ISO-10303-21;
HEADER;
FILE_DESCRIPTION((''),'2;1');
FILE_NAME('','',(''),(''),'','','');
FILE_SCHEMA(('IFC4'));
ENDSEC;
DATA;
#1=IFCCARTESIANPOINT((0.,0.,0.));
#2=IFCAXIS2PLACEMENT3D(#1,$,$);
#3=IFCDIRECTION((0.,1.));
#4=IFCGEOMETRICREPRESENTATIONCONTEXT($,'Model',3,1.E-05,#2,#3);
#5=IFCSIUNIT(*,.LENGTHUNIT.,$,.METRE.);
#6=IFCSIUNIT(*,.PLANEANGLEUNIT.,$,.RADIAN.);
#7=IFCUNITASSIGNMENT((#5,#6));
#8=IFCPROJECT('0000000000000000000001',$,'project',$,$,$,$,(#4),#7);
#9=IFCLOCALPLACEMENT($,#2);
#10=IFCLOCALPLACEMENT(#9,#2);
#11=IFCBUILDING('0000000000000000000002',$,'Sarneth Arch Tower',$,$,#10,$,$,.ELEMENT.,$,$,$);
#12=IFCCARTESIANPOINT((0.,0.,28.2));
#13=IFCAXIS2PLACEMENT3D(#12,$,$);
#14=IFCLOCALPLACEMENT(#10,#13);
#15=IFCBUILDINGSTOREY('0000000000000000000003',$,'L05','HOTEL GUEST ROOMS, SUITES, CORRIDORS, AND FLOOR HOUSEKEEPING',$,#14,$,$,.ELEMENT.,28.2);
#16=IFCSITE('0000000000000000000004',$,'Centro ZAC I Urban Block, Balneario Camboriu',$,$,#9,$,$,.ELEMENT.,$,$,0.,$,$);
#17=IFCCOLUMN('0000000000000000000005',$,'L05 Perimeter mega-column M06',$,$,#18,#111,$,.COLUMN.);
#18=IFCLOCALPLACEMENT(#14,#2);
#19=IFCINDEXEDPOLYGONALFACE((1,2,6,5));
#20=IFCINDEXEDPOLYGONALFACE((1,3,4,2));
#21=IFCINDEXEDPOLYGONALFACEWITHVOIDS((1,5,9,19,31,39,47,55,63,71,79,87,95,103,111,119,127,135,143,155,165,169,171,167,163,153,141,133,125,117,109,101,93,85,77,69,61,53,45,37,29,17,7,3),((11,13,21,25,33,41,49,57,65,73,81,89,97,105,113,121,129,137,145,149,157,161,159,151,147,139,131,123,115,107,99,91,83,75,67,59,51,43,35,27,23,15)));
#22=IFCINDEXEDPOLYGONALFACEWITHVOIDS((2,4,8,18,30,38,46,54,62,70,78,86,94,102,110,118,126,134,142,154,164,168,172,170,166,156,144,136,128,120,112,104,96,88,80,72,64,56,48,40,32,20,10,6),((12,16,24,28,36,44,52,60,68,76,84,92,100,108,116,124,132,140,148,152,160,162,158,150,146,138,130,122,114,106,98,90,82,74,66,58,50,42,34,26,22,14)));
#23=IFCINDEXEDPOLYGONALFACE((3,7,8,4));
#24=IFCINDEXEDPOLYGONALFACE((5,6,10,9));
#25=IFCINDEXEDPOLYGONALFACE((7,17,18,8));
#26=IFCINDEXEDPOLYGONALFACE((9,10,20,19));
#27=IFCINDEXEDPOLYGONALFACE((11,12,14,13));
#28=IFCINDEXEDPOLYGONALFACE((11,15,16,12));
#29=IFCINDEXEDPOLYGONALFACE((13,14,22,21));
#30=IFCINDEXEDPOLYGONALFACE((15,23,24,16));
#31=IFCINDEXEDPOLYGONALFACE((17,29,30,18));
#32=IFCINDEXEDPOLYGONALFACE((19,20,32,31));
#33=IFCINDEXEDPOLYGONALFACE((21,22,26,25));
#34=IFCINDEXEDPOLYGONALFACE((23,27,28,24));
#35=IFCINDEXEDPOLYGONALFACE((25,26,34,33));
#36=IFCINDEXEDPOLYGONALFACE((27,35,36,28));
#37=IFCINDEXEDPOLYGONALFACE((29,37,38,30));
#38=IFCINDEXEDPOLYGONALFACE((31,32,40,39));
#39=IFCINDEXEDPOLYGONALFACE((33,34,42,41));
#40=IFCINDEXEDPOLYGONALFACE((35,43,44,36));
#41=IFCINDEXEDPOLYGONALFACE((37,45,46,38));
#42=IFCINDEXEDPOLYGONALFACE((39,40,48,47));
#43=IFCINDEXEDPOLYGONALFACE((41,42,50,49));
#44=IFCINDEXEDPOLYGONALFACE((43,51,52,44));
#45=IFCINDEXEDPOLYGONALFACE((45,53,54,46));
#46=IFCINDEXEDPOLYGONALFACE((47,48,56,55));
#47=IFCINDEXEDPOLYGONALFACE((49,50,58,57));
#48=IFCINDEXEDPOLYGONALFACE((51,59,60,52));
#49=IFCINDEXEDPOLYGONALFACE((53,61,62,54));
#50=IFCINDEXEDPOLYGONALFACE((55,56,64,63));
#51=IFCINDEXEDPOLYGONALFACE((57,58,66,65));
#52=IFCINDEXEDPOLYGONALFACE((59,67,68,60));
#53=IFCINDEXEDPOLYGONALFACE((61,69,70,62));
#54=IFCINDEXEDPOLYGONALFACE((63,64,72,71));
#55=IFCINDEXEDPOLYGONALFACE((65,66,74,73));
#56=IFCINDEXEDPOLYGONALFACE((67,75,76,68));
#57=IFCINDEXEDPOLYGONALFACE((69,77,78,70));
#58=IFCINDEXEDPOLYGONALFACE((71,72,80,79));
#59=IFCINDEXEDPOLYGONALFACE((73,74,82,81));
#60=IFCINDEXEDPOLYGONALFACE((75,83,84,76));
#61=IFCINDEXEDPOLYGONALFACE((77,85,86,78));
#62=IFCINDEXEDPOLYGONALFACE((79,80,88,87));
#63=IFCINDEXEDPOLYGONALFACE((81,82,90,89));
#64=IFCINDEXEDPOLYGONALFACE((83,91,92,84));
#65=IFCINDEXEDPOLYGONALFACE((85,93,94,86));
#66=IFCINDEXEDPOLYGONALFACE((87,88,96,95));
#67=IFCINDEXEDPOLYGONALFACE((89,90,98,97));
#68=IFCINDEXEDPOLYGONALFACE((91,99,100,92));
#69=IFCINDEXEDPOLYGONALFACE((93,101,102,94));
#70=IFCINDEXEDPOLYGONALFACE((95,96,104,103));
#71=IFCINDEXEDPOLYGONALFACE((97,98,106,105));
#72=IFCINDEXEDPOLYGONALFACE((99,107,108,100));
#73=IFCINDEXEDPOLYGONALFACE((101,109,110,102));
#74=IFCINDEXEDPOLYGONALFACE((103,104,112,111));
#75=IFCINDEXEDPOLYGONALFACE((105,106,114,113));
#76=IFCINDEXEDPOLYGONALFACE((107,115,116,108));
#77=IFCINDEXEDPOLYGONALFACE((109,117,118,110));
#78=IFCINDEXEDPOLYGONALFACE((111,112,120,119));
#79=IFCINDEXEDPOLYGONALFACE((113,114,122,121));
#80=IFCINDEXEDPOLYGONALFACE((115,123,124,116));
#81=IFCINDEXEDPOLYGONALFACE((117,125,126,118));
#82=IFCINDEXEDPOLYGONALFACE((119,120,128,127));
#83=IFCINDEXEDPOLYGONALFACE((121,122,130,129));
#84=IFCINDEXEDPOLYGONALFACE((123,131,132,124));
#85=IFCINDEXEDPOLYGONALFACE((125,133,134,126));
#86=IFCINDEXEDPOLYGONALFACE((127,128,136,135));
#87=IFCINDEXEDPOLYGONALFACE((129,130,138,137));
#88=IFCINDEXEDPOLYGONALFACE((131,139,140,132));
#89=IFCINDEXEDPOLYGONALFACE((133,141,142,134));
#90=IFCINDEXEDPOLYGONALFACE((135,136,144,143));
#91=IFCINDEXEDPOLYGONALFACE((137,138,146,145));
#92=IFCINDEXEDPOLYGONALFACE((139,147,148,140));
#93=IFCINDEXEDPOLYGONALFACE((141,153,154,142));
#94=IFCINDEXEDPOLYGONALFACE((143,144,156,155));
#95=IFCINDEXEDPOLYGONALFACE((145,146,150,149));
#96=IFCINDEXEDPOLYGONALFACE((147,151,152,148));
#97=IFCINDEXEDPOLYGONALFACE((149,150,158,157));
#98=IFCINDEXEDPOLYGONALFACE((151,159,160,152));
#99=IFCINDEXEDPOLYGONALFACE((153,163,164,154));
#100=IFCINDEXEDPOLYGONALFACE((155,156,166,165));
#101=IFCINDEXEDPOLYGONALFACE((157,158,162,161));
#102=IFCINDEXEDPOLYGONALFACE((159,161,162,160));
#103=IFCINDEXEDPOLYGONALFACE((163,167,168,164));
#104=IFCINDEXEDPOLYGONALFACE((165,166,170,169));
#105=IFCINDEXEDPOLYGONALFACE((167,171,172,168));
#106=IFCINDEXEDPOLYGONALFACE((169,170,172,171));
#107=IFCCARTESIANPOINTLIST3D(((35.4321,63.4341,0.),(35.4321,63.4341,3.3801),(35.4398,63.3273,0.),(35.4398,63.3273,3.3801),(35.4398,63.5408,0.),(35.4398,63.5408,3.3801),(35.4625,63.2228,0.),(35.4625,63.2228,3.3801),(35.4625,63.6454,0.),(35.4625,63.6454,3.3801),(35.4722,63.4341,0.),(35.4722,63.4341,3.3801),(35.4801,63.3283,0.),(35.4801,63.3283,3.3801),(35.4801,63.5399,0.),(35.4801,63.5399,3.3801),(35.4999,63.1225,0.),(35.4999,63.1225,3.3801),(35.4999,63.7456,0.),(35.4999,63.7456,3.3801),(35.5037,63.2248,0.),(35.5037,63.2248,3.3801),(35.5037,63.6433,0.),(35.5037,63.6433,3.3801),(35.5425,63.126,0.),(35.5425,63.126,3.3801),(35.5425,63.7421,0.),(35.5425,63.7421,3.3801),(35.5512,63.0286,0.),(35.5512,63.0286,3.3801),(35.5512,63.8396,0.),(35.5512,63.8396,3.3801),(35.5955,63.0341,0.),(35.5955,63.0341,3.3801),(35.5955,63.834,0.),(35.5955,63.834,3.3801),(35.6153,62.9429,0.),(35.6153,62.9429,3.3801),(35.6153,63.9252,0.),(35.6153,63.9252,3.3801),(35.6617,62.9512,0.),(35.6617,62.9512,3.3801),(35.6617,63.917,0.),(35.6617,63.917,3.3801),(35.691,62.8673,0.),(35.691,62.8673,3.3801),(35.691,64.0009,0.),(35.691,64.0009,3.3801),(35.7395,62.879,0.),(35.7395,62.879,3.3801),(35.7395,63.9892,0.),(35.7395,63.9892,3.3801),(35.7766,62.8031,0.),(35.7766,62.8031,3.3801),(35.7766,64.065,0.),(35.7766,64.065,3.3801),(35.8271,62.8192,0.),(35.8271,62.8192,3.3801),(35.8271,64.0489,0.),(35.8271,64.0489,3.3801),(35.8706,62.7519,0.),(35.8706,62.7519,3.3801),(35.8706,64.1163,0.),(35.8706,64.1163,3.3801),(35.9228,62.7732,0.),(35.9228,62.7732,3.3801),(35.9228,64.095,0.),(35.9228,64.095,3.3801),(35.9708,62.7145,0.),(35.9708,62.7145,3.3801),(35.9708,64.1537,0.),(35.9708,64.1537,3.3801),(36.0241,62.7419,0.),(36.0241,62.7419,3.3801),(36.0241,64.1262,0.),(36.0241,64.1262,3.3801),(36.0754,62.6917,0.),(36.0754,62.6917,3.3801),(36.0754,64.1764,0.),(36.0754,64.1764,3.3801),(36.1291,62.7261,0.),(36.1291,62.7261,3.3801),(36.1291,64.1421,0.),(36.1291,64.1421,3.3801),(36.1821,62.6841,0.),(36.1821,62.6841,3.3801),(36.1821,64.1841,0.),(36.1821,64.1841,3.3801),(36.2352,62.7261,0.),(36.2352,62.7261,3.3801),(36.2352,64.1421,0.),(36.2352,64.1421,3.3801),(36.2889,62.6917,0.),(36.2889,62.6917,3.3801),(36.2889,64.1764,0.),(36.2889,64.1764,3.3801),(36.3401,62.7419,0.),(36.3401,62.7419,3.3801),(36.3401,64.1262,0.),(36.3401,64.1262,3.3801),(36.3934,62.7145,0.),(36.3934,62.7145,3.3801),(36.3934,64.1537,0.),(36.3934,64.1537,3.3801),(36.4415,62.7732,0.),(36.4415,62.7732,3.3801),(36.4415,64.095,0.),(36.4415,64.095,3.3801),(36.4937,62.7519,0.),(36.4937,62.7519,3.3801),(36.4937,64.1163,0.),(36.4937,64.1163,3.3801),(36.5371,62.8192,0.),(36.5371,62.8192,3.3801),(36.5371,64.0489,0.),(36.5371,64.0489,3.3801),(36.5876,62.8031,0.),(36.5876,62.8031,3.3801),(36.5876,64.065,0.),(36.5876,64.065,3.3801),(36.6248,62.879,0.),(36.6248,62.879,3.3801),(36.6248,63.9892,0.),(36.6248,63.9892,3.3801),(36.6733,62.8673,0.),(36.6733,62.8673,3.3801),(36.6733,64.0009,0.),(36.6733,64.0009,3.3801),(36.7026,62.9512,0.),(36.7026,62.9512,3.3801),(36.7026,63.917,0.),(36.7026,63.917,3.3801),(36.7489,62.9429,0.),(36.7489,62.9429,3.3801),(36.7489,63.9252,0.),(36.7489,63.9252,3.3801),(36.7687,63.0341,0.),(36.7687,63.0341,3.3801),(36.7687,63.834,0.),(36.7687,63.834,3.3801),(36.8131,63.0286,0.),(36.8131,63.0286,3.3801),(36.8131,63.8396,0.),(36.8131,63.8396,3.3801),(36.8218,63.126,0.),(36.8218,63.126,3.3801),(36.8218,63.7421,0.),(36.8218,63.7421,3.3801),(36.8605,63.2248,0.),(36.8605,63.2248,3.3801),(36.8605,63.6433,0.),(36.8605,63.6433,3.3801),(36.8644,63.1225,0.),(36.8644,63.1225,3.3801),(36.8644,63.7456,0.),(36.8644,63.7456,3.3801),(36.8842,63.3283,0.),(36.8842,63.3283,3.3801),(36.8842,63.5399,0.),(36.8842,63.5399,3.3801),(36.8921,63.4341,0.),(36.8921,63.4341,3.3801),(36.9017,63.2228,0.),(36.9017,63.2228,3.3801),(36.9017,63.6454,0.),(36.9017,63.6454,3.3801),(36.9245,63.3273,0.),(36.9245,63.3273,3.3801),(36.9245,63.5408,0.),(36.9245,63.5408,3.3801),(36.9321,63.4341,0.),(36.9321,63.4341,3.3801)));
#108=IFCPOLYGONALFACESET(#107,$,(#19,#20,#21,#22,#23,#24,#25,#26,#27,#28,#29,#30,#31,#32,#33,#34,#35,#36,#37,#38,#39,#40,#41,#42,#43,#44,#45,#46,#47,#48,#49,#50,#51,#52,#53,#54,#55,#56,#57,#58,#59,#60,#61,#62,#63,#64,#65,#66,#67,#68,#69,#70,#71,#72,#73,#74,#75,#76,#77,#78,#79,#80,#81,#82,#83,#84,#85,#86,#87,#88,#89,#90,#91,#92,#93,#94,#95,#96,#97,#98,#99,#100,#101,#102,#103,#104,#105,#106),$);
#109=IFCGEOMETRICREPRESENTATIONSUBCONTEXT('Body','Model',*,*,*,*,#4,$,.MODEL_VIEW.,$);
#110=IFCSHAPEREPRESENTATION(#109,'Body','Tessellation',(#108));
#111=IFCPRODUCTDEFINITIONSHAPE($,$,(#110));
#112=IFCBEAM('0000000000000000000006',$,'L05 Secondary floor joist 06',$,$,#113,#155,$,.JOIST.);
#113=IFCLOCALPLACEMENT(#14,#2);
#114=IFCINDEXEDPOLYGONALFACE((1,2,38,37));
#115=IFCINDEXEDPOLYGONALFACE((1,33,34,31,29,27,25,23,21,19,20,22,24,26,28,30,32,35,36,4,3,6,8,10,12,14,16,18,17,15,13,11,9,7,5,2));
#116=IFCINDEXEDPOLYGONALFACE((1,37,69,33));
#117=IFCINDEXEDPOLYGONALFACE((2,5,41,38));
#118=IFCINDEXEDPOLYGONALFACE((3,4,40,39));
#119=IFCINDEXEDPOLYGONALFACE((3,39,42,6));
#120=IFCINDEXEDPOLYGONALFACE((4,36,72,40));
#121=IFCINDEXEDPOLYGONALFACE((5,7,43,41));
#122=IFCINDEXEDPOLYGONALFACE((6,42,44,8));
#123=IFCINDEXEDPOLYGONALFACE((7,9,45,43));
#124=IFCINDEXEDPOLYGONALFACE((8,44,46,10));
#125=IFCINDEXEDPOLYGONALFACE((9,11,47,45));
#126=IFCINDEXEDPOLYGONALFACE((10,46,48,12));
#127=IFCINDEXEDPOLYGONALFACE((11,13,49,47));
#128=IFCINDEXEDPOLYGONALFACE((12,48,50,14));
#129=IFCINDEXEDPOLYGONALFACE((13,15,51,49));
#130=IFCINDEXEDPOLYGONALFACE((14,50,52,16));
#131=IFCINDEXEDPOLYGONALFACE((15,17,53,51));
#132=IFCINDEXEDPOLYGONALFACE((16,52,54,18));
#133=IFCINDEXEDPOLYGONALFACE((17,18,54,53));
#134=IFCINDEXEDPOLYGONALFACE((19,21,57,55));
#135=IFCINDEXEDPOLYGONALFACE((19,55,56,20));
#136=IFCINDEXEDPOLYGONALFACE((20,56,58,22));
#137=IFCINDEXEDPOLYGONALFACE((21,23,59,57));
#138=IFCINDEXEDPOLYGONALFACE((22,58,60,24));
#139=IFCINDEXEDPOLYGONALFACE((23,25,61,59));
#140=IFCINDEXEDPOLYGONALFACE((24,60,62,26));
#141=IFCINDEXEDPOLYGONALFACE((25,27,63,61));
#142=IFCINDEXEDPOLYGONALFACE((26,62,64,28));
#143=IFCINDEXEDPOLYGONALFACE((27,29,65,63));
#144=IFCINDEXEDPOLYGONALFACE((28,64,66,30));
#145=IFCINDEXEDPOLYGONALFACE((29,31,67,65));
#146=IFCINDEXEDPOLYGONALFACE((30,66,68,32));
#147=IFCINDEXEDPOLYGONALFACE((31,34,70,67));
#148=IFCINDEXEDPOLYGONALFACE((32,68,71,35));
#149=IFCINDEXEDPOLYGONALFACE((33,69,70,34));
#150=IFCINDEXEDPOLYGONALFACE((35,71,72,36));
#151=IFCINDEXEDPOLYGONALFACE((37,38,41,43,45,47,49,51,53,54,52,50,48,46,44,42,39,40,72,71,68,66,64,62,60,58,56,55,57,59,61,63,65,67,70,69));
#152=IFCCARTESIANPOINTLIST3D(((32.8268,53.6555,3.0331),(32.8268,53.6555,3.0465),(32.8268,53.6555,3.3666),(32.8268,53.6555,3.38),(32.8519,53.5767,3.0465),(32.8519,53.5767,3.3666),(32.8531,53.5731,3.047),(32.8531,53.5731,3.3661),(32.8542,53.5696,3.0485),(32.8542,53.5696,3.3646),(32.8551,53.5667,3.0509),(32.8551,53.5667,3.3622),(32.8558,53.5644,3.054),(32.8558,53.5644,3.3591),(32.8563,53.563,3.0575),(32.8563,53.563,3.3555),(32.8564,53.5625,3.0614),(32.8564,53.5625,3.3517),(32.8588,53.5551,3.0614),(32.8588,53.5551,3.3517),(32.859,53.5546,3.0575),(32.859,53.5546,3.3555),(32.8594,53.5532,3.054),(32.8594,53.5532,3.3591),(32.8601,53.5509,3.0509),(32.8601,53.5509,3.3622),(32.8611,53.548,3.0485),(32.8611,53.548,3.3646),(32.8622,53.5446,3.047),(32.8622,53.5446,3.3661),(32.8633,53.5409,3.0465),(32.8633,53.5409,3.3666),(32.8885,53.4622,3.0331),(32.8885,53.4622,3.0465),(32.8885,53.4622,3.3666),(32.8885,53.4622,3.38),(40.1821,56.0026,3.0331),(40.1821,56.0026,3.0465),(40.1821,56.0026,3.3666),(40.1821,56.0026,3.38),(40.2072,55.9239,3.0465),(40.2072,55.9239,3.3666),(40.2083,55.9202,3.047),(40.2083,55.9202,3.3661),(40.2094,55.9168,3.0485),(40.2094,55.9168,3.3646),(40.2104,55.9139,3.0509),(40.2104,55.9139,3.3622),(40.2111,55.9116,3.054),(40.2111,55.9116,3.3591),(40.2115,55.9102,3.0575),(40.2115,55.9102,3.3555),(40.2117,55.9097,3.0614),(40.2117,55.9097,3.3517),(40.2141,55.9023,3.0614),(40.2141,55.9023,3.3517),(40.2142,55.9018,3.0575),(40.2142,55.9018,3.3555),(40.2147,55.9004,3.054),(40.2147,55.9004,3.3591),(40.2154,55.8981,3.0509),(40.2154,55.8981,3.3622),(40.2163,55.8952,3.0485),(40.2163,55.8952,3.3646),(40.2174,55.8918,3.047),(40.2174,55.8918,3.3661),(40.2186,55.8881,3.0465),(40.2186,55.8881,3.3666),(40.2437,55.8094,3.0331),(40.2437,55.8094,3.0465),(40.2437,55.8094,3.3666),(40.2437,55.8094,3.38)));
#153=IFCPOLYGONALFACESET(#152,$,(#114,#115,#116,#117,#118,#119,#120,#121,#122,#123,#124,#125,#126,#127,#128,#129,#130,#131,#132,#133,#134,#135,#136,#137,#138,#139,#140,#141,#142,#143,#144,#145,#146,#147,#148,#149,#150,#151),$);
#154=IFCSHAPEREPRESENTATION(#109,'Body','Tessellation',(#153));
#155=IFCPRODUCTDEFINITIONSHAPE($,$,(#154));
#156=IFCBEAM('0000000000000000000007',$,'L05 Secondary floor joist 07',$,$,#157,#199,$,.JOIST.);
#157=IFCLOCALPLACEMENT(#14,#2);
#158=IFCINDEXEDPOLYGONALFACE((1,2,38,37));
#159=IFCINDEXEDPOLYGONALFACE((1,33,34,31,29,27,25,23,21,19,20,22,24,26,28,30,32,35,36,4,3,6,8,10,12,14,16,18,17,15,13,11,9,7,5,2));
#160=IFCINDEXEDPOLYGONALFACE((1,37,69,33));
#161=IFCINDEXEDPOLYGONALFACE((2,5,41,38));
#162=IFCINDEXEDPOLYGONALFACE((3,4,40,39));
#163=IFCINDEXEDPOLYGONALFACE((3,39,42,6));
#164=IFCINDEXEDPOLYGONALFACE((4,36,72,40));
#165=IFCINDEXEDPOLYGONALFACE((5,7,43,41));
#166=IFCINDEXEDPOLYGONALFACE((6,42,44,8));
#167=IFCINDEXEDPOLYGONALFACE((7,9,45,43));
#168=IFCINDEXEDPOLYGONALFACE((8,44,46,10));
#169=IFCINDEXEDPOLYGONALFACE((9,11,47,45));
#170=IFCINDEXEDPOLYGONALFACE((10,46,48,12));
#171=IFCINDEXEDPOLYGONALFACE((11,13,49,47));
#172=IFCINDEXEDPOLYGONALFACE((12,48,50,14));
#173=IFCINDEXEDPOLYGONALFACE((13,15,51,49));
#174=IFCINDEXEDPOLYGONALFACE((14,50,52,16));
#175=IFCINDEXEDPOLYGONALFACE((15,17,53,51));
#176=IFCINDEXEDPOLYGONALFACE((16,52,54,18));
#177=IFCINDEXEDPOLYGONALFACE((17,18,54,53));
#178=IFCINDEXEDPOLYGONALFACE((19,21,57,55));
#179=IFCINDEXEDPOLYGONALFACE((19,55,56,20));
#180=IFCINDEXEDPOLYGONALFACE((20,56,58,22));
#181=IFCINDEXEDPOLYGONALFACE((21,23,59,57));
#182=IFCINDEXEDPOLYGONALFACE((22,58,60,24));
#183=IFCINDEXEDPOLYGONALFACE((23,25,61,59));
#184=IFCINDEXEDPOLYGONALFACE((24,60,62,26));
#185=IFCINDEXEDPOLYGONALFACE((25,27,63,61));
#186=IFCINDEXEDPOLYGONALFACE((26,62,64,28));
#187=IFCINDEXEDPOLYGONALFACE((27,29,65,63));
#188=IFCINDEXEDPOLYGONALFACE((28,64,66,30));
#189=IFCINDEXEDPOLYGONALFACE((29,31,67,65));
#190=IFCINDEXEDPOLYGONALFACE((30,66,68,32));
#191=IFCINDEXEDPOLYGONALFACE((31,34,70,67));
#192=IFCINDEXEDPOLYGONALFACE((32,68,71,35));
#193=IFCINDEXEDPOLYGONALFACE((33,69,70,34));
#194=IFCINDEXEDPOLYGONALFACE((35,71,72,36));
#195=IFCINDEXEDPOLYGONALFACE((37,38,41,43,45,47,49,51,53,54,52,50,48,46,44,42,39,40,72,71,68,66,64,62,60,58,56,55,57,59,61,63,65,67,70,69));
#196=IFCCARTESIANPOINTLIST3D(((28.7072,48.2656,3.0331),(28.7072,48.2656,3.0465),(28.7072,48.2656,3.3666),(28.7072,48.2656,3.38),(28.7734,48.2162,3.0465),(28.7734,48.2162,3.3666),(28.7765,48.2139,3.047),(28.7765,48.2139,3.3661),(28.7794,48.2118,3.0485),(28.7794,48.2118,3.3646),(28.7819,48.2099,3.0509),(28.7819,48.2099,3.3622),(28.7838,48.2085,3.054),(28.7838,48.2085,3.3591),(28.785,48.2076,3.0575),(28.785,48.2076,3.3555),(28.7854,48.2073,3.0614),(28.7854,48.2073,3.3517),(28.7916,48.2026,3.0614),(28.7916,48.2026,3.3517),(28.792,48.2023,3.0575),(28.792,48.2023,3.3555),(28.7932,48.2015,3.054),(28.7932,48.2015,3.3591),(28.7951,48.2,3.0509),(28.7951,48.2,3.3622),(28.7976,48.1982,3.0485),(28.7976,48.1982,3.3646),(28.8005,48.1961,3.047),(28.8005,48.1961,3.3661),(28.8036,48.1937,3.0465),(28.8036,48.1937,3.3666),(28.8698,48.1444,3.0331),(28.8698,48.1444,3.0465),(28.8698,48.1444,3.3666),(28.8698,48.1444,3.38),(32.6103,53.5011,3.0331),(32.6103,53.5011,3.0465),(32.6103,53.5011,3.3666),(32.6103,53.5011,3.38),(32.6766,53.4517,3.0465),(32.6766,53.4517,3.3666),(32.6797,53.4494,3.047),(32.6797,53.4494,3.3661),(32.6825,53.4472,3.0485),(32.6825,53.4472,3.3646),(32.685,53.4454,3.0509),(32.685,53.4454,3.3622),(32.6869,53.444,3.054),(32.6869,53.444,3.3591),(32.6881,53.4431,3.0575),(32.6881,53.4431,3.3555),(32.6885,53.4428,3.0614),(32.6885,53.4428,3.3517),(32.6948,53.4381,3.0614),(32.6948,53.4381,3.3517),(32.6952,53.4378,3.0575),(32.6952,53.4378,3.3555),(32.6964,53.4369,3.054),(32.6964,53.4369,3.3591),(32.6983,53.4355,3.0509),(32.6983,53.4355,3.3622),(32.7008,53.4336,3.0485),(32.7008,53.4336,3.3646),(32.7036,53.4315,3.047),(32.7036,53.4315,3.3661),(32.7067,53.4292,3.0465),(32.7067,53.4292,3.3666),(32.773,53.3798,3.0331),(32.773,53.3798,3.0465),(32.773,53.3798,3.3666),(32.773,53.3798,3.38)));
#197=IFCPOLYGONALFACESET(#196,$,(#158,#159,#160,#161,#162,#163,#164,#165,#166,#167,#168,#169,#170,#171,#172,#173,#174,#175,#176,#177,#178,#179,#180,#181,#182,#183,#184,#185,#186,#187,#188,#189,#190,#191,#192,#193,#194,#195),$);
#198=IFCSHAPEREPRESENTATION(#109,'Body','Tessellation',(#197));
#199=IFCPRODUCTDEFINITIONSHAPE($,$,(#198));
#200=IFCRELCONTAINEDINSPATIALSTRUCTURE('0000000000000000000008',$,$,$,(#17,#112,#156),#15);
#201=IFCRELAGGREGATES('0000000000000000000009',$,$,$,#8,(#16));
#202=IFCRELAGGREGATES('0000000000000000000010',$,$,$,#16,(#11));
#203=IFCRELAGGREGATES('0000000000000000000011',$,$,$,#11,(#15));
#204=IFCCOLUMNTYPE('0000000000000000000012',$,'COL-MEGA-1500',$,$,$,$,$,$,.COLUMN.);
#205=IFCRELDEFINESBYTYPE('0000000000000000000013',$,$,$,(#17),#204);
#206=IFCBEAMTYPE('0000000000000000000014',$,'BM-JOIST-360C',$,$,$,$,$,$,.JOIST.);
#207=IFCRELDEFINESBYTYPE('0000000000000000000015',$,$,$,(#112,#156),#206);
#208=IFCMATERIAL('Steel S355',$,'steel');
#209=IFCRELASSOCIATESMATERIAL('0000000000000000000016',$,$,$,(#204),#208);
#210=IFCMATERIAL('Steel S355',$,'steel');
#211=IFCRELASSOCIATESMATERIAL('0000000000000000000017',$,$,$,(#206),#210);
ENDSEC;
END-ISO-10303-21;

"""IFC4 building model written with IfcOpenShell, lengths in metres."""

from ifc_helpers import new_model, si_unit, direction, frame, origin, origin_2d, place, context, subcontext, project, spatial, hollow_circle, i_section, extrude, material, material_profile, profile_set, type_object, element, save


model = new_model("IFC4")

# Units and contexts
model_context = context("Model", 3, precision=1e-05, world=origin(), true_north=direction((0.0, 1.0)))
body_context = subcontext(model_context, "Body", "Model", "MODEL_VIEW")
ifc_project = project(units=[si_unit("LENGTHUNIT", "METRE"), si_unit("PLANEANGLEUNIT", "RADIAN")], contexts=[model_context])

# Site, building, storey
site_placement = place(None, origin())
site = spatial("IfcSite", under=ifc_project, at=site_placement, Name="Centro ZAC I Urban Block, Balneario Camboriu", CompositionType="ELEMENT", RefElevation=0.0)
building_placement = place(site_placement, origin())
building = spatial("IfcBuilding", under=site, at=building_placement, Name="Sarneth Arch Tower", CompositionType="ELEMENT")
storey_placement = place(building_placement, frame((0.0, 0.0, 28.2)))
storey = spatial("IfcBuildingStorey", under=building, at=storey_placement, Name="L05", Description="HOTEL GUEST ROOMS, SUITES, CORRIDORS, AND FLOOR HOUSEKEEPING", CompositionType="ELEMENT", Elevation=28.2)

# Column
ifc_material_1 = material(Name="Steel S355", Category="steel")
ifc_material_profile_1 = material_profile(ifc_material_1, hollow_circle(Radius=0.75, WallThickness=0.04, at=origin_2d()), Name="CHS1500x40")
ifc_profile_set_1 = profile_set([ifc_material_profile_1], Name="Steel S355")
column_type = type_object("IfcColumnType", Name="COL-MEGA-1500", PredefinedType="COLUMN", material=ifc_profile_set_1)
column_placement = place(storey_placement, frame((36.1821, 63.4341, 0.0), z_axis=(0.0, 0.0, 1.0), x_axis=(1.0, 0.0, 0.0)))
element("IfcColumn", 1, at=column_placement, inside=storey, type_object=column_type, Name="L05 Perimeter mega-column M06", PredefinedType="COLUMN", context=body_context, shape_type="SweptSolid", body=[
    extrude(hollow_circle(Radius=0.75, WallThickness=0.04, at=origin_2d()), origin(), (0.0, 0.0, 1.0), 3.3801),
])

# Beams
ifc_material_2 = material(Name="Steel S355", Category="steel")
ifc_material_profile_2 = material_profile(ifc_material_2, i_section(OverallWidth=0.2029, OverallDepth=0.3469, WebThickness=0.0078, FlangeThickness=0.0134, FilletRadius=0.0149, at=origin_2d()), Name="W360x64")
ifc_profile_set_2 = profile_set([ifc_material_profile_2], Name="Steel S355")
beam_type_1 = type_object("IfcBeamType", Name="BM-JOIST-360C", PredefinedType="JOIST", material=ifc_profile_set_2)
beam_1_placement = place(storey_placement, frame((40.2129, 55.906, 3.2065), z_axis=(-0.952668, -0.304011, 0.0), x_axis=(0.304011, -0.952668, 0.0)))
element("IfcBeam", 2, at=beam_1_placement, inside=storey, type_object=beam_type_1, Name="L05 Secondary floor joist 06", PredefinedType="JOIST", context=body_context, shape_type="SweptSolid", body=[
    extrude(i_section(OverallWidth=0.2029, OverallDepth=0.3469, WebThickness=0.0078, FlangeThickness=0.0134, FilletRadius=0.0149, at=origin_2d()), origin(), (0.0, 0.0, 1.0), 7.7207),
])
beam_2_placement = place(storey_placement, frame((32.6917, 53.4404, 3.2065), z_axis=(-0.5977, -0.801719, 0.0), x_axis=(0.801719, -0.5977, 0.0)))
element("IfcBeam", 3, at=beam_2_placement, inside=storey, type_object=beam_type_1, Name="L05 Secondary floor joist 07", PredefinedType="JOIST", context=body_context, shape_type="SweptSolid", body=[
    extrude(i_section(OverallWidth=0.2029, OverallDepth=0.3469, WebThickness=0.0078, FlangeThickness=0.0134, FilletRadius=0.0149, at=origin_2d()), origin(), (0.0, 0.0, 1.0), 6.5303),
])

save(model, "model.ifc")
